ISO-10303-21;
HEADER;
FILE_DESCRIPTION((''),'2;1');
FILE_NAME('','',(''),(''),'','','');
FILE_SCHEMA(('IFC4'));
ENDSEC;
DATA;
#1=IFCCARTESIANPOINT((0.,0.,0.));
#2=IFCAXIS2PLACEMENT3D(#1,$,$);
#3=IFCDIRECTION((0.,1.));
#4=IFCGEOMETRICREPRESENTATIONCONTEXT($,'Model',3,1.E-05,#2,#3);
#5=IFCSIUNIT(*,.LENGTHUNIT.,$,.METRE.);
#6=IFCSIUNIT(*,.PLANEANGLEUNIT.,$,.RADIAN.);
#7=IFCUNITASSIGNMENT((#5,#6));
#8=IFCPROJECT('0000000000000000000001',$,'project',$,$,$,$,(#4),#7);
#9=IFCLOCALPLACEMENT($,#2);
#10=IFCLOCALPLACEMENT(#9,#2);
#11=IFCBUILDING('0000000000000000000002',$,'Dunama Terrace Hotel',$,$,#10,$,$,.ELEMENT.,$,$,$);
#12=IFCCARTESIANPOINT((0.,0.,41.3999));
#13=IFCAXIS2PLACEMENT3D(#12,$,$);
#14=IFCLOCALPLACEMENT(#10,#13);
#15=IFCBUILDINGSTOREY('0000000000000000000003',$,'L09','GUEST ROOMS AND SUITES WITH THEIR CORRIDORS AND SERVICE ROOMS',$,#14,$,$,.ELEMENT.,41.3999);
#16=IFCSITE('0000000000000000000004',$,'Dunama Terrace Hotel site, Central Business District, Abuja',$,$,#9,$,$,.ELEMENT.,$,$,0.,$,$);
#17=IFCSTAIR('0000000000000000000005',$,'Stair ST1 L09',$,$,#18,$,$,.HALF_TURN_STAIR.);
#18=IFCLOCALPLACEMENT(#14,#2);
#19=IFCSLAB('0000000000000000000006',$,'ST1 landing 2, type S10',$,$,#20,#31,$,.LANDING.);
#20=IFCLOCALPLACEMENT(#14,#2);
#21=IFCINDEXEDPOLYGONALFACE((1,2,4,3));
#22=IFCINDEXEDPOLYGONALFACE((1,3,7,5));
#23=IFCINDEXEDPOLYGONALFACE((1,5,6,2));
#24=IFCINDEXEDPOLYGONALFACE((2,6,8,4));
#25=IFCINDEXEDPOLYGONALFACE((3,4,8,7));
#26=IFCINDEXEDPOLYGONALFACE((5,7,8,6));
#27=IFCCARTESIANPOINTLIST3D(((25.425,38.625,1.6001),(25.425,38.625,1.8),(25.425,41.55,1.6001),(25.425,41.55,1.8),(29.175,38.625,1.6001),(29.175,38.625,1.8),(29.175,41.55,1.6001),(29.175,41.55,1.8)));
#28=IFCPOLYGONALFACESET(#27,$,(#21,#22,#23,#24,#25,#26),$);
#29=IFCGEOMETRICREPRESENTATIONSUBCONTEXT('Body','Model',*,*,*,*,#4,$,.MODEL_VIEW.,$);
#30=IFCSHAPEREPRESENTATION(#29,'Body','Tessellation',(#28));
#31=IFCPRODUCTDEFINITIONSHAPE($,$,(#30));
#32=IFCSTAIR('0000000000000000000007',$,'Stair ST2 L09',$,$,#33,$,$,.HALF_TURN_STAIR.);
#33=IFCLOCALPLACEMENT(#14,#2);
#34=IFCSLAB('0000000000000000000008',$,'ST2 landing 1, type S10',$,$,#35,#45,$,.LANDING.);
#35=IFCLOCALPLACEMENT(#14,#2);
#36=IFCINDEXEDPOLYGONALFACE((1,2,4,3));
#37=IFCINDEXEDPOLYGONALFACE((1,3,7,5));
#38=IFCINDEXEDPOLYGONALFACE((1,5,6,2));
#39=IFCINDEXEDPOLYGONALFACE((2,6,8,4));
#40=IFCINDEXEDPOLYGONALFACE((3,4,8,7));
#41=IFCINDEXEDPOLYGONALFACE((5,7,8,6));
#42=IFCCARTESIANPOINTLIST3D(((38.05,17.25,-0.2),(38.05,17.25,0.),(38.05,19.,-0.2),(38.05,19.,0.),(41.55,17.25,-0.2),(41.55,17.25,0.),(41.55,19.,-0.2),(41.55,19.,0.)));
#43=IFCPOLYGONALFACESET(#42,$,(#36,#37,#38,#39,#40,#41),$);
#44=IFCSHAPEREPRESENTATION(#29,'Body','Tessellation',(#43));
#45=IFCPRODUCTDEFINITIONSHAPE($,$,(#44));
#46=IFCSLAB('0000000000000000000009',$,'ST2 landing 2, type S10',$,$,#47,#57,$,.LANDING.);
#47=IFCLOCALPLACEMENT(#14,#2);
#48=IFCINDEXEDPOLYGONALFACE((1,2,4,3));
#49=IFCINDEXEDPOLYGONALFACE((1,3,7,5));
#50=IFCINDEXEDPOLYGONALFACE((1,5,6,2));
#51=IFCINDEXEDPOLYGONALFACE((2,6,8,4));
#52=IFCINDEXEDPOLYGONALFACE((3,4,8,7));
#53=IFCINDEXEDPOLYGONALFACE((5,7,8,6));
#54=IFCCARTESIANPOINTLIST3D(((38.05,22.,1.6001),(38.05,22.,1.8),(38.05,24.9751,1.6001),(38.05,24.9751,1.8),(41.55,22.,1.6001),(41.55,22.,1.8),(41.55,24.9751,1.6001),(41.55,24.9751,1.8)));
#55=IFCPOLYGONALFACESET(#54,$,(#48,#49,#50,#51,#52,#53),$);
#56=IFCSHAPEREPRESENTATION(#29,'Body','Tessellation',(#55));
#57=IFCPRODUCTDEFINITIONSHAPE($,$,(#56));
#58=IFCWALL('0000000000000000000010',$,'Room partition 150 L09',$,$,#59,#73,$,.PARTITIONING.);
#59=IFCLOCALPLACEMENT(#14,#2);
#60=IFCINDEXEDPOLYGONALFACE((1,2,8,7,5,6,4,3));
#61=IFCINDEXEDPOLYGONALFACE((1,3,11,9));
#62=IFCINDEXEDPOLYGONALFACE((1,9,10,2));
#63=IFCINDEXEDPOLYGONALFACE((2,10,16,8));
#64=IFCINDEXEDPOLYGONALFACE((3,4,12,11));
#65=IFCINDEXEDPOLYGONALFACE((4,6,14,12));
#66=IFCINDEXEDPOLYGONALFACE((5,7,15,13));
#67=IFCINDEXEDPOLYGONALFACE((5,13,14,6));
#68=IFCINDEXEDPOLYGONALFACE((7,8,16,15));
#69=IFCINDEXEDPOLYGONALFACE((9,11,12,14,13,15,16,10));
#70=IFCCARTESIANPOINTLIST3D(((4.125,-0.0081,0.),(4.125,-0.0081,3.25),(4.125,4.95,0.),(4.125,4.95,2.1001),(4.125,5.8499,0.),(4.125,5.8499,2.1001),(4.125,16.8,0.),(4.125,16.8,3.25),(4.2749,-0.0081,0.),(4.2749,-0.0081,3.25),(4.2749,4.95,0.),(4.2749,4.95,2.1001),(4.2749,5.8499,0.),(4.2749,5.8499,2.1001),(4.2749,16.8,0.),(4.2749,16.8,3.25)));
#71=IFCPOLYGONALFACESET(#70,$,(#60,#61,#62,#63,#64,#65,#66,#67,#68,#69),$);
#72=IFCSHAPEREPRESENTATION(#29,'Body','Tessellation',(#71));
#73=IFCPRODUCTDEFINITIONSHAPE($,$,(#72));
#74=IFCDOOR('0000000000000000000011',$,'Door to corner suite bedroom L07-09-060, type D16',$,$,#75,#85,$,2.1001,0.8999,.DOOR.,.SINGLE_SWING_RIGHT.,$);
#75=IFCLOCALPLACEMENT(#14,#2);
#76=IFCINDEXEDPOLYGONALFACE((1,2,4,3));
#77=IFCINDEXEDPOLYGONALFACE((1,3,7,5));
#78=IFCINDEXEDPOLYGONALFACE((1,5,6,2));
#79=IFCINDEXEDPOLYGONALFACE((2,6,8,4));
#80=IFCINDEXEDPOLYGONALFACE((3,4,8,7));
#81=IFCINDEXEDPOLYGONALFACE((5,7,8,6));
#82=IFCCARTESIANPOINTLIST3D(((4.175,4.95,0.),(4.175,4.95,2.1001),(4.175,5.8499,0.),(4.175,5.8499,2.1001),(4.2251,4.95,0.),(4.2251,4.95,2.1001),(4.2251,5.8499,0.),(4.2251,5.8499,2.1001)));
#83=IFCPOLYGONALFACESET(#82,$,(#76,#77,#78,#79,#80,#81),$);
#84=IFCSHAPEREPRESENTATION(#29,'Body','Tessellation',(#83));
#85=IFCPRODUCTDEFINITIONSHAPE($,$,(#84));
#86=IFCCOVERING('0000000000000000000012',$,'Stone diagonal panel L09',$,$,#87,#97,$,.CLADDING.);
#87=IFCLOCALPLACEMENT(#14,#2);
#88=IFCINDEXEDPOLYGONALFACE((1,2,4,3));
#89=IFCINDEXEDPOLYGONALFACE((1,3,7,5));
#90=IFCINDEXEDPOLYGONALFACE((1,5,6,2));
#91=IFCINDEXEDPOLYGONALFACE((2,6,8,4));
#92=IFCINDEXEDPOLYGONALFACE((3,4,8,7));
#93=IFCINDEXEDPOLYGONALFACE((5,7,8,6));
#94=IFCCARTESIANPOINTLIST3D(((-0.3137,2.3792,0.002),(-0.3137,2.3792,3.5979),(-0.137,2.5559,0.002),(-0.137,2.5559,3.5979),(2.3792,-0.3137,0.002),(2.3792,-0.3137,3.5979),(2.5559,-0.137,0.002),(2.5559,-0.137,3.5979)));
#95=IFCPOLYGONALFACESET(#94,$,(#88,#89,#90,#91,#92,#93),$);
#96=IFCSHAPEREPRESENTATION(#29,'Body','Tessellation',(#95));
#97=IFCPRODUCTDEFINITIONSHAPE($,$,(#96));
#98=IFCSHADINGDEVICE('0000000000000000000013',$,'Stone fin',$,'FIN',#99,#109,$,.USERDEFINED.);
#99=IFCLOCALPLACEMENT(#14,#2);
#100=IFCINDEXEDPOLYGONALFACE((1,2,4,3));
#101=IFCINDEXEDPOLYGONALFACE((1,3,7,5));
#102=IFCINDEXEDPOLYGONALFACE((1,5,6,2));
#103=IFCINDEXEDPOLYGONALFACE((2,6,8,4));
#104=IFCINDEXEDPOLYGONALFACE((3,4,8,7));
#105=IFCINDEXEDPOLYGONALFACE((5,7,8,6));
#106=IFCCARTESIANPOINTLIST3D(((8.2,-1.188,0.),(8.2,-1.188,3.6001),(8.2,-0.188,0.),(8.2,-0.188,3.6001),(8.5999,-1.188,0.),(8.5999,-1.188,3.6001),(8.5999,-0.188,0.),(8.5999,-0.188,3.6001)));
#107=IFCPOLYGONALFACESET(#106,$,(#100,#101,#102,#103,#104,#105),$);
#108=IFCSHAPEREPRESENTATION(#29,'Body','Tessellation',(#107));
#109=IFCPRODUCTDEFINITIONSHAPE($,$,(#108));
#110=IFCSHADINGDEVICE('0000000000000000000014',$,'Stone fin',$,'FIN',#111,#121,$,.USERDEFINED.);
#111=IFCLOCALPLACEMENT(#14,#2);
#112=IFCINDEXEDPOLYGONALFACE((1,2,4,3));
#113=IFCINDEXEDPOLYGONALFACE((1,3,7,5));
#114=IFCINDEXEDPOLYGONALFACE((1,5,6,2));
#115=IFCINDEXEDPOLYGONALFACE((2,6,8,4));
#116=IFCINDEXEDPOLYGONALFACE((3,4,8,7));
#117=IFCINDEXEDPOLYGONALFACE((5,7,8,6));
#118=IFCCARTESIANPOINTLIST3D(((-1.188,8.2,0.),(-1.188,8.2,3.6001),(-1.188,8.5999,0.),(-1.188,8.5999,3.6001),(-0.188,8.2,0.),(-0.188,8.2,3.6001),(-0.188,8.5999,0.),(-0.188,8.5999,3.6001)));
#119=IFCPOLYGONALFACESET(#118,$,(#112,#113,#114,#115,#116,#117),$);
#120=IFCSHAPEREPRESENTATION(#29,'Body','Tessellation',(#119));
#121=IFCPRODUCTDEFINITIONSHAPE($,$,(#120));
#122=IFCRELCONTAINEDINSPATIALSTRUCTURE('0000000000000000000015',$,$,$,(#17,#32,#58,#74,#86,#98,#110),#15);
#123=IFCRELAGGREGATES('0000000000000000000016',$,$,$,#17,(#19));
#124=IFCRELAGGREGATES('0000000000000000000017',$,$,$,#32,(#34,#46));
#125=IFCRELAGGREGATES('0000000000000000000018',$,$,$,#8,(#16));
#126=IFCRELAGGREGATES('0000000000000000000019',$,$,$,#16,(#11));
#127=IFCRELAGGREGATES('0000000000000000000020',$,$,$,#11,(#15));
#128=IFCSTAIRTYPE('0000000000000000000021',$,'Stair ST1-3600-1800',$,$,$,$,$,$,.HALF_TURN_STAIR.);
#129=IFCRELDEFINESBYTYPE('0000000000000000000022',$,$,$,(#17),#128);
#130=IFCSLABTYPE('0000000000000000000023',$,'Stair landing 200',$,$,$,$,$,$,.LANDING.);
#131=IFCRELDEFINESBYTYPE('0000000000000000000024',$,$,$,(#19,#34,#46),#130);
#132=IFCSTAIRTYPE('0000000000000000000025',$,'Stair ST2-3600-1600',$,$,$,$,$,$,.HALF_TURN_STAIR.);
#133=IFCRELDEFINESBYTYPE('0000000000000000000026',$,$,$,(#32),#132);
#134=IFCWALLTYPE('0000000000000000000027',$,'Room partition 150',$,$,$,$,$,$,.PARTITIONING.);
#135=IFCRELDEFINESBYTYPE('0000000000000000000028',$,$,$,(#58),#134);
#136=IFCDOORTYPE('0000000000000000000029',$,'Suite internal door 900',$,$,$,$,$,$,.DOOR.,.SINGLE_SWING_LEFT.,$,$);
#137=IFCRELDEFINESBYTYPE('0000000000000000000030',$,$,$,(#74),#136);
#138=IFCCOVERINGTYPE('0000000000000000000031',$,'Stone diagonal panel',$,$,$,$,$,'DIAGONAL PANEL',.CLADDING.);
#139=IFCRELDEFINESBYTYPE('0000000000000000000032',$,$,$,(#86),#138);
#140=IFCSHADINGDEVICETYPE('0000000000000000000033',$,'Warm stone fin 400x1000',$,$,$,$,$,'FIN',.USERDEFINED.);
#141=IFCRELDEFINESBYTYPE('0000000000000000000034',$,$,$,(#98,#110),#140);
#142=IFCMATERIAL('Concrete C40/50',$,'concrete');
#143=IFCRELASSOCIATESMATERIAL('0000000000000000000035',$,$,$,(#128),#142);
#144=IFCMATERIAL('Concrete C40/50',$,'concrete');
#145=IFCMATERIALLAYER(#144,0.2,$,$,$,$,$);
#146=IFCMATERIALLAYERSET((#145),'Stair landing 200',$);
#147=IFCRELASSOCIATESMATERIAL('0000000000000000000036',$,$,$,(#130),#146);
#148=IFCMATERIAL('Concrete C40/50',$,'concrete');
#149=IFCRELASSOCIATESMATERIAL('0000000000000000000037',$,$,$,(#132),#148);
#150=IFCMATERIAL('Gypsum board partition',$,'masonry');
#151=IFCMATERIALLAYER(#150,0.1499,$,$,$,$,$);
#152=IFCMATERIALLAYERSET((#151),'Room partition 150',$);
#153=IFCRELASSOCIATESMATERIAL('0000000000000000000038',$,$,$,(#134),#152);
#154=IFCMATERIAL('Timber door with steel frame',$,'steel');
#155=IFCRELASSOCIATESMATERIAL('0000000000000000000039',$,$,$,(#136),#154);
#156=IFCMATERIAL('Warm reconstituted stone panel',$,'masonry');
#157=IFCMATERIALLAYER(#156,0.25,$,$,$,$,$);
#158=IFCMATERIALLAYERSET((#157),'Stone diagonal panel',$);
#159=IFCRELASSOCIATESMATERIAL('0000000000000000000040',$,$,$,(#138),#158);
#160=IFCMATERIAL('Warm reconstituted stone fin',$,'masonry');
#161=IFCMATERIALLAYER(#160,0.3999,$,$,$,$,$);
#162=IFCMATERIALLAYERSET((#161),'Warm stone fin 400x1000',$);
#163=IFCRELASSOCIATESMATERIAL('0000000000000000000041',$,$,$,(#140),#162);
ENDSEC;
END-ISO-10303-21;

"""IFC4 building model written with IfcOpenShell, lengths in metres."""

from ifc_helpers import new_model, si_unit, direction, frame, frame_2d, origin, origin_2d, place, context, subcontext, project, spatial, polyline, rectangle, outline, extrude, material, layer, layer_set, type_object, element, fill, aggregate, save


model = new_model("IFC4")

# Units and contexts
model_context = context("Model", 3, precision=1e-05, world=origin(), true_north=direction((0.0, 1.0)))
body_context = subcontext(model_context, "Body", "Model", "MODEL_VIEW")
ifc_project = project(units=[si_unit("LENGTHUNIT", "METRE"), si_unit("PLANEANGLEUNIT", "RADIAN")], contexts=[model_context])

# Site, building, storey
site_placement = place(None, origin())
site = spatial("IfcSite", under=ifc_project, at=site_placement, Name="Dunama Terrace Hotel site, Central Business District, Abuja", CompositionType="ELEMENT", RefElevation=0.0)
building_placement = place(site_placement, origin())
building = spatial("IfcBuilding", under=site, at=building_placement, Name="Dunama Terrace Hotel", CompositionType="ELEMENT")
storey_placement = place(building_placement, frame((0.0, 0.0, 41.3999)))
storey = spatial("IfcBuildingStorey", under=building, at=storey_placement, Name="L09", Description="GUEST ROOMS AND SUITES WITH THEIR CORRIDORS AND SERVICE ROOMS", CompositionType="ELEMENT", Elevation=41.3999)

# Stairs, slabs
ifc_material_1 = material(Name="Concrete C40/50", Category="concrete")
stair_type_1 = type_object("IfcStairType", Name="Stair ST1-3600-1800", PredefinedType="HALF_TURN_STAIR", material=ifc_material_1)
stair_1_placement = place(storey_placement, origin())
stair_1 = element("IfcStair", 1, at=stair_1_placement, inside=storey, type_object=stair_type_1, Name="Stair ST1 L09", PredefinedType="HALF_TURN_STAIR")
ifc_material_2 = material(Name="Concrete C40/50", Category="concrete")
ifc_layer_1 = layer(ifc_material_2, 0.2)
ifc_layer_set_1 = layer_set([ifc_layer_1], Name="Stair landing 200")
slab_type_1 = type_object("IfcSlabType", Name="Stair landing 200", PredefinedType="LANDING", material=ifc_layer_set_1)
slab_1_placement = place(storey_placement, frame((0.0, 0.0, 1.6001)))
slab_1 = element("IfcSlab", 2, at=slab_1_placement, type_object=slab_type_1, Name="ST1 landing 2, type S10", PredefinedType="LANDING", context=body_context, shape_type="SweptSolid", body=[
    extrude(outline(polyline([(25.425, 38.625), (29.175, 38.625), (29.175, 41.55), (25.425, 41.55), (25.425, 38.625)])), origin(), (0.0, 0.0, 1.0), 0.2),
])
aggregate(stair_1, [slab_1])
ifc_material_3 = material(Name="Concrete C40/50", Category="concrete")
stair_type_2 = type_object("IfcStairType", Name="Stair ST2-3600-1600", PredefinedType="HALF_TURN_STAIR", material=ifc_material_3)
stair_2_placement = place(storey_placement, origin())
stair_2 = element("IfcStair", 3, at=stair_2_placement, inside=storey, type_object=stair_type_2, Name="Stair ST2 L09", PredefinedType="HALF_TURN_STAIR")
slab_2_placement = place(storey_placement, frame((0.0, 0.0, -0.2)))
slab_2 = element("IfcSlab", 4, at=slab_2_placement, type_object=slab_type_1, Name="ST2 landing 1, type S10", PredefinedType="LANDING", context=body_context, shape_type="SweptSolid", body=[
    extrude(outline(polyline([(38.05, 17.25), (41.55, 17.25), (41.55, 19.0), (38.05, 19.0), (38.05, 17.25)])), origin(), (0.0, 0.0, 1.0), 0.2),
])
slab_3_placement = place(storey_placement, frame((0.0, 0.0, 1.6001)))
slab_3 = element("IfcSlab", 5, at=slab_3_placement, type_object=slab_type_1, Name="ST2 landing 2, type S10", PredefinedType="LANDING", context=body_context, shape_type="SweptSolid", body=[
    extrude(outline(polyline([(38.05, 22.0), (41.55, 22.0), (41.55, 24.9751), (38.05, 24.9751), (38.05, 22.0)])), origin(), (0.0, 0.0, 1.0), 0.2),
])
aggregate(stair_2, [slab_2, slab_3])

# Wall, opening, door
ifc_material_4 = material(Name="Gypsum board partition", Category="masonry")
ifc_layer_2 = layer(ifc_material_4, 0.1499)
ifc_layer_set_2 = layer_set([ifc_layer_2], Name="Room partition 150")
wall_type = type_object("IfcWallType", Name="Room partition 150", PredefinedType="PARTITIONING", material=ifc_layer_set_2)
wall_placement = place(storey_placement, frame((4.2, -0.0081, 0.0), z_axis=(0.0, 0.0, 1.0), x_axis=(0.0, 1.0, 0.0)))
wall = element("IfcWall", 6, at=wall_placement, inside=storey, type_object=wall_type, Name="Room partition 150 L09", PredefinedType="PARTITIONING", context=body_context, shape_type="SweptSolid", body=[
    extrude(rectangle(XDim=16.8081, YDim=0.1499, at=frame_2d((8.4041, 0.0))), origin(), (0.0, 0.0, 1.0), 3.25),
])
opening_placement = place(wall_placement, frame((4.958, 0.0, 0.0)))
opening = element("IfcOpeningElement", 7, at=opening_placement, cuts=wall, PredefinedType="OPENING", context=body_context, shape_type="SweptSolid", body=[
    extrude(rectangle(XDim=0.8999, YDim=2.1001, at=frame_2d((0.45, 1.05))), frame((0.0, 0.085, 0.0), z_axis=(0.0, -1.0, 0.0), x_axis=(1.0, 0.0, 0.0)), (0.0, 0.0, 1.0), 0.1699),
])
ifc_material_5 = material(Name="Timber door with steel frame", Category="steel")
door_type = type_object("IfcDoorType", Name="Suite internal door 900", OperationType="SINGLE_SWING_LEFT", PredefinedType="DOOR", material=ifc_material_5)
door_placement = place(opening_placement, origin())
door = element("IfcDoor", 8, at=door_placement, inside=storey, type_object=door_type, Name="Door to corner suite bedroom L07-09-060, type D16", OperationType="SINGLE_SWING_RIGHT", OverallHeight=2.1001, OverallWidth=0.8999, PredefinedType="DOOR", context=body_context, shape_type="SweptSolid", body=[
    extrude(rectangle(XDim=0.8999, YDim=2.1001, at=frame_2d((0.45, 1.05))), frame((0.0, 0.0249, 0.0), z_axis=(0.0, -1.0, 0.0), x_axis=(1.0, 0.0, 0.0)), (0.0, 0.0, 1.0), 0.05),
])
fill(opening, door)

# Covering
ifc_material_6 = material(Name="Warm reconstituted stone panel", Category="masonry")
ifc_layer_3 = layer(ifc_material_6, 0.25)
ifc_layer_set_3 = layer_set([ifc_layer_3], Name="Stone diagonal panel")
covering_type = type_object("IfcCoveringType", Name="Stone diagonal panel", ElementType="DIAGONAL PANEL", PredefinedType="CLADDING", material=ifc_layer_set_3)
covering_placement = place(storey_placement, frame((1.1211, 1.1211, 0.002), z_axis=(0.0, 0.0, 1.0), x_axis=(0.707107, -0.707107, 0.0)))
element("IfcCovering", 9, at=covering_placement, inside=storey, type_object=covering_type, Name="Stone diagonal panel L09", PredefinedType="CLADDING", context=body_context, shape_type="SweptSolid", body=[
    extrude(rectangle(XDim=3.8083, YDim=0.25, at=origin_2d()), origin(), (0.0, 0.0, 1.0), 3.5959),
])

# Shading devices
ifc_material_7 = material(Name="Warm reconstituted stone fin", Category="masonry")
ifc_layer_4 = layer(ifc_material_7, 0.3999)
ifc_layer_set_4 = layer_set([ifc_layer_4], Name="Warm stone fin 400x1000")
shading_device_type = type_object("IfcShadingDeviceType", Name="Warm stone fin 400x1000", ElementType="FIN", PredefinedType="USERDEFINED", material=ifc_layer_set_4)
for number, where, z_axis, x_axis, name in (
    (10, (8.3999, -0.688, 0.0), (0.0, 0.0, 1.0), (1.0, 0.0, 0.0), "Stone fin"),
    (11, (-0.688, 8.3999, 0.0), (0.0, 0.0, 1.0), (0.0, -1.0, 0.0), "Stone fin"),
):
    element("IfcShadingDevice", number, at=place(storey_placement, frame(where, z_axis=z_axis, x_axis=x_axis)), inside=storey, type_object=shading_device_type, Name=name, ObjectType="FIN", PredefinedType="USERDEFINED", context=body_context, shape_type="SweptSolid", body=[
        extrude(rectangle(XDim=0.3999, YDim=1.0, at=origin_2d()), origin(), (0.0, 0.0, 1.0), 3.6001),
    ])

save(model, "model.ifc")
